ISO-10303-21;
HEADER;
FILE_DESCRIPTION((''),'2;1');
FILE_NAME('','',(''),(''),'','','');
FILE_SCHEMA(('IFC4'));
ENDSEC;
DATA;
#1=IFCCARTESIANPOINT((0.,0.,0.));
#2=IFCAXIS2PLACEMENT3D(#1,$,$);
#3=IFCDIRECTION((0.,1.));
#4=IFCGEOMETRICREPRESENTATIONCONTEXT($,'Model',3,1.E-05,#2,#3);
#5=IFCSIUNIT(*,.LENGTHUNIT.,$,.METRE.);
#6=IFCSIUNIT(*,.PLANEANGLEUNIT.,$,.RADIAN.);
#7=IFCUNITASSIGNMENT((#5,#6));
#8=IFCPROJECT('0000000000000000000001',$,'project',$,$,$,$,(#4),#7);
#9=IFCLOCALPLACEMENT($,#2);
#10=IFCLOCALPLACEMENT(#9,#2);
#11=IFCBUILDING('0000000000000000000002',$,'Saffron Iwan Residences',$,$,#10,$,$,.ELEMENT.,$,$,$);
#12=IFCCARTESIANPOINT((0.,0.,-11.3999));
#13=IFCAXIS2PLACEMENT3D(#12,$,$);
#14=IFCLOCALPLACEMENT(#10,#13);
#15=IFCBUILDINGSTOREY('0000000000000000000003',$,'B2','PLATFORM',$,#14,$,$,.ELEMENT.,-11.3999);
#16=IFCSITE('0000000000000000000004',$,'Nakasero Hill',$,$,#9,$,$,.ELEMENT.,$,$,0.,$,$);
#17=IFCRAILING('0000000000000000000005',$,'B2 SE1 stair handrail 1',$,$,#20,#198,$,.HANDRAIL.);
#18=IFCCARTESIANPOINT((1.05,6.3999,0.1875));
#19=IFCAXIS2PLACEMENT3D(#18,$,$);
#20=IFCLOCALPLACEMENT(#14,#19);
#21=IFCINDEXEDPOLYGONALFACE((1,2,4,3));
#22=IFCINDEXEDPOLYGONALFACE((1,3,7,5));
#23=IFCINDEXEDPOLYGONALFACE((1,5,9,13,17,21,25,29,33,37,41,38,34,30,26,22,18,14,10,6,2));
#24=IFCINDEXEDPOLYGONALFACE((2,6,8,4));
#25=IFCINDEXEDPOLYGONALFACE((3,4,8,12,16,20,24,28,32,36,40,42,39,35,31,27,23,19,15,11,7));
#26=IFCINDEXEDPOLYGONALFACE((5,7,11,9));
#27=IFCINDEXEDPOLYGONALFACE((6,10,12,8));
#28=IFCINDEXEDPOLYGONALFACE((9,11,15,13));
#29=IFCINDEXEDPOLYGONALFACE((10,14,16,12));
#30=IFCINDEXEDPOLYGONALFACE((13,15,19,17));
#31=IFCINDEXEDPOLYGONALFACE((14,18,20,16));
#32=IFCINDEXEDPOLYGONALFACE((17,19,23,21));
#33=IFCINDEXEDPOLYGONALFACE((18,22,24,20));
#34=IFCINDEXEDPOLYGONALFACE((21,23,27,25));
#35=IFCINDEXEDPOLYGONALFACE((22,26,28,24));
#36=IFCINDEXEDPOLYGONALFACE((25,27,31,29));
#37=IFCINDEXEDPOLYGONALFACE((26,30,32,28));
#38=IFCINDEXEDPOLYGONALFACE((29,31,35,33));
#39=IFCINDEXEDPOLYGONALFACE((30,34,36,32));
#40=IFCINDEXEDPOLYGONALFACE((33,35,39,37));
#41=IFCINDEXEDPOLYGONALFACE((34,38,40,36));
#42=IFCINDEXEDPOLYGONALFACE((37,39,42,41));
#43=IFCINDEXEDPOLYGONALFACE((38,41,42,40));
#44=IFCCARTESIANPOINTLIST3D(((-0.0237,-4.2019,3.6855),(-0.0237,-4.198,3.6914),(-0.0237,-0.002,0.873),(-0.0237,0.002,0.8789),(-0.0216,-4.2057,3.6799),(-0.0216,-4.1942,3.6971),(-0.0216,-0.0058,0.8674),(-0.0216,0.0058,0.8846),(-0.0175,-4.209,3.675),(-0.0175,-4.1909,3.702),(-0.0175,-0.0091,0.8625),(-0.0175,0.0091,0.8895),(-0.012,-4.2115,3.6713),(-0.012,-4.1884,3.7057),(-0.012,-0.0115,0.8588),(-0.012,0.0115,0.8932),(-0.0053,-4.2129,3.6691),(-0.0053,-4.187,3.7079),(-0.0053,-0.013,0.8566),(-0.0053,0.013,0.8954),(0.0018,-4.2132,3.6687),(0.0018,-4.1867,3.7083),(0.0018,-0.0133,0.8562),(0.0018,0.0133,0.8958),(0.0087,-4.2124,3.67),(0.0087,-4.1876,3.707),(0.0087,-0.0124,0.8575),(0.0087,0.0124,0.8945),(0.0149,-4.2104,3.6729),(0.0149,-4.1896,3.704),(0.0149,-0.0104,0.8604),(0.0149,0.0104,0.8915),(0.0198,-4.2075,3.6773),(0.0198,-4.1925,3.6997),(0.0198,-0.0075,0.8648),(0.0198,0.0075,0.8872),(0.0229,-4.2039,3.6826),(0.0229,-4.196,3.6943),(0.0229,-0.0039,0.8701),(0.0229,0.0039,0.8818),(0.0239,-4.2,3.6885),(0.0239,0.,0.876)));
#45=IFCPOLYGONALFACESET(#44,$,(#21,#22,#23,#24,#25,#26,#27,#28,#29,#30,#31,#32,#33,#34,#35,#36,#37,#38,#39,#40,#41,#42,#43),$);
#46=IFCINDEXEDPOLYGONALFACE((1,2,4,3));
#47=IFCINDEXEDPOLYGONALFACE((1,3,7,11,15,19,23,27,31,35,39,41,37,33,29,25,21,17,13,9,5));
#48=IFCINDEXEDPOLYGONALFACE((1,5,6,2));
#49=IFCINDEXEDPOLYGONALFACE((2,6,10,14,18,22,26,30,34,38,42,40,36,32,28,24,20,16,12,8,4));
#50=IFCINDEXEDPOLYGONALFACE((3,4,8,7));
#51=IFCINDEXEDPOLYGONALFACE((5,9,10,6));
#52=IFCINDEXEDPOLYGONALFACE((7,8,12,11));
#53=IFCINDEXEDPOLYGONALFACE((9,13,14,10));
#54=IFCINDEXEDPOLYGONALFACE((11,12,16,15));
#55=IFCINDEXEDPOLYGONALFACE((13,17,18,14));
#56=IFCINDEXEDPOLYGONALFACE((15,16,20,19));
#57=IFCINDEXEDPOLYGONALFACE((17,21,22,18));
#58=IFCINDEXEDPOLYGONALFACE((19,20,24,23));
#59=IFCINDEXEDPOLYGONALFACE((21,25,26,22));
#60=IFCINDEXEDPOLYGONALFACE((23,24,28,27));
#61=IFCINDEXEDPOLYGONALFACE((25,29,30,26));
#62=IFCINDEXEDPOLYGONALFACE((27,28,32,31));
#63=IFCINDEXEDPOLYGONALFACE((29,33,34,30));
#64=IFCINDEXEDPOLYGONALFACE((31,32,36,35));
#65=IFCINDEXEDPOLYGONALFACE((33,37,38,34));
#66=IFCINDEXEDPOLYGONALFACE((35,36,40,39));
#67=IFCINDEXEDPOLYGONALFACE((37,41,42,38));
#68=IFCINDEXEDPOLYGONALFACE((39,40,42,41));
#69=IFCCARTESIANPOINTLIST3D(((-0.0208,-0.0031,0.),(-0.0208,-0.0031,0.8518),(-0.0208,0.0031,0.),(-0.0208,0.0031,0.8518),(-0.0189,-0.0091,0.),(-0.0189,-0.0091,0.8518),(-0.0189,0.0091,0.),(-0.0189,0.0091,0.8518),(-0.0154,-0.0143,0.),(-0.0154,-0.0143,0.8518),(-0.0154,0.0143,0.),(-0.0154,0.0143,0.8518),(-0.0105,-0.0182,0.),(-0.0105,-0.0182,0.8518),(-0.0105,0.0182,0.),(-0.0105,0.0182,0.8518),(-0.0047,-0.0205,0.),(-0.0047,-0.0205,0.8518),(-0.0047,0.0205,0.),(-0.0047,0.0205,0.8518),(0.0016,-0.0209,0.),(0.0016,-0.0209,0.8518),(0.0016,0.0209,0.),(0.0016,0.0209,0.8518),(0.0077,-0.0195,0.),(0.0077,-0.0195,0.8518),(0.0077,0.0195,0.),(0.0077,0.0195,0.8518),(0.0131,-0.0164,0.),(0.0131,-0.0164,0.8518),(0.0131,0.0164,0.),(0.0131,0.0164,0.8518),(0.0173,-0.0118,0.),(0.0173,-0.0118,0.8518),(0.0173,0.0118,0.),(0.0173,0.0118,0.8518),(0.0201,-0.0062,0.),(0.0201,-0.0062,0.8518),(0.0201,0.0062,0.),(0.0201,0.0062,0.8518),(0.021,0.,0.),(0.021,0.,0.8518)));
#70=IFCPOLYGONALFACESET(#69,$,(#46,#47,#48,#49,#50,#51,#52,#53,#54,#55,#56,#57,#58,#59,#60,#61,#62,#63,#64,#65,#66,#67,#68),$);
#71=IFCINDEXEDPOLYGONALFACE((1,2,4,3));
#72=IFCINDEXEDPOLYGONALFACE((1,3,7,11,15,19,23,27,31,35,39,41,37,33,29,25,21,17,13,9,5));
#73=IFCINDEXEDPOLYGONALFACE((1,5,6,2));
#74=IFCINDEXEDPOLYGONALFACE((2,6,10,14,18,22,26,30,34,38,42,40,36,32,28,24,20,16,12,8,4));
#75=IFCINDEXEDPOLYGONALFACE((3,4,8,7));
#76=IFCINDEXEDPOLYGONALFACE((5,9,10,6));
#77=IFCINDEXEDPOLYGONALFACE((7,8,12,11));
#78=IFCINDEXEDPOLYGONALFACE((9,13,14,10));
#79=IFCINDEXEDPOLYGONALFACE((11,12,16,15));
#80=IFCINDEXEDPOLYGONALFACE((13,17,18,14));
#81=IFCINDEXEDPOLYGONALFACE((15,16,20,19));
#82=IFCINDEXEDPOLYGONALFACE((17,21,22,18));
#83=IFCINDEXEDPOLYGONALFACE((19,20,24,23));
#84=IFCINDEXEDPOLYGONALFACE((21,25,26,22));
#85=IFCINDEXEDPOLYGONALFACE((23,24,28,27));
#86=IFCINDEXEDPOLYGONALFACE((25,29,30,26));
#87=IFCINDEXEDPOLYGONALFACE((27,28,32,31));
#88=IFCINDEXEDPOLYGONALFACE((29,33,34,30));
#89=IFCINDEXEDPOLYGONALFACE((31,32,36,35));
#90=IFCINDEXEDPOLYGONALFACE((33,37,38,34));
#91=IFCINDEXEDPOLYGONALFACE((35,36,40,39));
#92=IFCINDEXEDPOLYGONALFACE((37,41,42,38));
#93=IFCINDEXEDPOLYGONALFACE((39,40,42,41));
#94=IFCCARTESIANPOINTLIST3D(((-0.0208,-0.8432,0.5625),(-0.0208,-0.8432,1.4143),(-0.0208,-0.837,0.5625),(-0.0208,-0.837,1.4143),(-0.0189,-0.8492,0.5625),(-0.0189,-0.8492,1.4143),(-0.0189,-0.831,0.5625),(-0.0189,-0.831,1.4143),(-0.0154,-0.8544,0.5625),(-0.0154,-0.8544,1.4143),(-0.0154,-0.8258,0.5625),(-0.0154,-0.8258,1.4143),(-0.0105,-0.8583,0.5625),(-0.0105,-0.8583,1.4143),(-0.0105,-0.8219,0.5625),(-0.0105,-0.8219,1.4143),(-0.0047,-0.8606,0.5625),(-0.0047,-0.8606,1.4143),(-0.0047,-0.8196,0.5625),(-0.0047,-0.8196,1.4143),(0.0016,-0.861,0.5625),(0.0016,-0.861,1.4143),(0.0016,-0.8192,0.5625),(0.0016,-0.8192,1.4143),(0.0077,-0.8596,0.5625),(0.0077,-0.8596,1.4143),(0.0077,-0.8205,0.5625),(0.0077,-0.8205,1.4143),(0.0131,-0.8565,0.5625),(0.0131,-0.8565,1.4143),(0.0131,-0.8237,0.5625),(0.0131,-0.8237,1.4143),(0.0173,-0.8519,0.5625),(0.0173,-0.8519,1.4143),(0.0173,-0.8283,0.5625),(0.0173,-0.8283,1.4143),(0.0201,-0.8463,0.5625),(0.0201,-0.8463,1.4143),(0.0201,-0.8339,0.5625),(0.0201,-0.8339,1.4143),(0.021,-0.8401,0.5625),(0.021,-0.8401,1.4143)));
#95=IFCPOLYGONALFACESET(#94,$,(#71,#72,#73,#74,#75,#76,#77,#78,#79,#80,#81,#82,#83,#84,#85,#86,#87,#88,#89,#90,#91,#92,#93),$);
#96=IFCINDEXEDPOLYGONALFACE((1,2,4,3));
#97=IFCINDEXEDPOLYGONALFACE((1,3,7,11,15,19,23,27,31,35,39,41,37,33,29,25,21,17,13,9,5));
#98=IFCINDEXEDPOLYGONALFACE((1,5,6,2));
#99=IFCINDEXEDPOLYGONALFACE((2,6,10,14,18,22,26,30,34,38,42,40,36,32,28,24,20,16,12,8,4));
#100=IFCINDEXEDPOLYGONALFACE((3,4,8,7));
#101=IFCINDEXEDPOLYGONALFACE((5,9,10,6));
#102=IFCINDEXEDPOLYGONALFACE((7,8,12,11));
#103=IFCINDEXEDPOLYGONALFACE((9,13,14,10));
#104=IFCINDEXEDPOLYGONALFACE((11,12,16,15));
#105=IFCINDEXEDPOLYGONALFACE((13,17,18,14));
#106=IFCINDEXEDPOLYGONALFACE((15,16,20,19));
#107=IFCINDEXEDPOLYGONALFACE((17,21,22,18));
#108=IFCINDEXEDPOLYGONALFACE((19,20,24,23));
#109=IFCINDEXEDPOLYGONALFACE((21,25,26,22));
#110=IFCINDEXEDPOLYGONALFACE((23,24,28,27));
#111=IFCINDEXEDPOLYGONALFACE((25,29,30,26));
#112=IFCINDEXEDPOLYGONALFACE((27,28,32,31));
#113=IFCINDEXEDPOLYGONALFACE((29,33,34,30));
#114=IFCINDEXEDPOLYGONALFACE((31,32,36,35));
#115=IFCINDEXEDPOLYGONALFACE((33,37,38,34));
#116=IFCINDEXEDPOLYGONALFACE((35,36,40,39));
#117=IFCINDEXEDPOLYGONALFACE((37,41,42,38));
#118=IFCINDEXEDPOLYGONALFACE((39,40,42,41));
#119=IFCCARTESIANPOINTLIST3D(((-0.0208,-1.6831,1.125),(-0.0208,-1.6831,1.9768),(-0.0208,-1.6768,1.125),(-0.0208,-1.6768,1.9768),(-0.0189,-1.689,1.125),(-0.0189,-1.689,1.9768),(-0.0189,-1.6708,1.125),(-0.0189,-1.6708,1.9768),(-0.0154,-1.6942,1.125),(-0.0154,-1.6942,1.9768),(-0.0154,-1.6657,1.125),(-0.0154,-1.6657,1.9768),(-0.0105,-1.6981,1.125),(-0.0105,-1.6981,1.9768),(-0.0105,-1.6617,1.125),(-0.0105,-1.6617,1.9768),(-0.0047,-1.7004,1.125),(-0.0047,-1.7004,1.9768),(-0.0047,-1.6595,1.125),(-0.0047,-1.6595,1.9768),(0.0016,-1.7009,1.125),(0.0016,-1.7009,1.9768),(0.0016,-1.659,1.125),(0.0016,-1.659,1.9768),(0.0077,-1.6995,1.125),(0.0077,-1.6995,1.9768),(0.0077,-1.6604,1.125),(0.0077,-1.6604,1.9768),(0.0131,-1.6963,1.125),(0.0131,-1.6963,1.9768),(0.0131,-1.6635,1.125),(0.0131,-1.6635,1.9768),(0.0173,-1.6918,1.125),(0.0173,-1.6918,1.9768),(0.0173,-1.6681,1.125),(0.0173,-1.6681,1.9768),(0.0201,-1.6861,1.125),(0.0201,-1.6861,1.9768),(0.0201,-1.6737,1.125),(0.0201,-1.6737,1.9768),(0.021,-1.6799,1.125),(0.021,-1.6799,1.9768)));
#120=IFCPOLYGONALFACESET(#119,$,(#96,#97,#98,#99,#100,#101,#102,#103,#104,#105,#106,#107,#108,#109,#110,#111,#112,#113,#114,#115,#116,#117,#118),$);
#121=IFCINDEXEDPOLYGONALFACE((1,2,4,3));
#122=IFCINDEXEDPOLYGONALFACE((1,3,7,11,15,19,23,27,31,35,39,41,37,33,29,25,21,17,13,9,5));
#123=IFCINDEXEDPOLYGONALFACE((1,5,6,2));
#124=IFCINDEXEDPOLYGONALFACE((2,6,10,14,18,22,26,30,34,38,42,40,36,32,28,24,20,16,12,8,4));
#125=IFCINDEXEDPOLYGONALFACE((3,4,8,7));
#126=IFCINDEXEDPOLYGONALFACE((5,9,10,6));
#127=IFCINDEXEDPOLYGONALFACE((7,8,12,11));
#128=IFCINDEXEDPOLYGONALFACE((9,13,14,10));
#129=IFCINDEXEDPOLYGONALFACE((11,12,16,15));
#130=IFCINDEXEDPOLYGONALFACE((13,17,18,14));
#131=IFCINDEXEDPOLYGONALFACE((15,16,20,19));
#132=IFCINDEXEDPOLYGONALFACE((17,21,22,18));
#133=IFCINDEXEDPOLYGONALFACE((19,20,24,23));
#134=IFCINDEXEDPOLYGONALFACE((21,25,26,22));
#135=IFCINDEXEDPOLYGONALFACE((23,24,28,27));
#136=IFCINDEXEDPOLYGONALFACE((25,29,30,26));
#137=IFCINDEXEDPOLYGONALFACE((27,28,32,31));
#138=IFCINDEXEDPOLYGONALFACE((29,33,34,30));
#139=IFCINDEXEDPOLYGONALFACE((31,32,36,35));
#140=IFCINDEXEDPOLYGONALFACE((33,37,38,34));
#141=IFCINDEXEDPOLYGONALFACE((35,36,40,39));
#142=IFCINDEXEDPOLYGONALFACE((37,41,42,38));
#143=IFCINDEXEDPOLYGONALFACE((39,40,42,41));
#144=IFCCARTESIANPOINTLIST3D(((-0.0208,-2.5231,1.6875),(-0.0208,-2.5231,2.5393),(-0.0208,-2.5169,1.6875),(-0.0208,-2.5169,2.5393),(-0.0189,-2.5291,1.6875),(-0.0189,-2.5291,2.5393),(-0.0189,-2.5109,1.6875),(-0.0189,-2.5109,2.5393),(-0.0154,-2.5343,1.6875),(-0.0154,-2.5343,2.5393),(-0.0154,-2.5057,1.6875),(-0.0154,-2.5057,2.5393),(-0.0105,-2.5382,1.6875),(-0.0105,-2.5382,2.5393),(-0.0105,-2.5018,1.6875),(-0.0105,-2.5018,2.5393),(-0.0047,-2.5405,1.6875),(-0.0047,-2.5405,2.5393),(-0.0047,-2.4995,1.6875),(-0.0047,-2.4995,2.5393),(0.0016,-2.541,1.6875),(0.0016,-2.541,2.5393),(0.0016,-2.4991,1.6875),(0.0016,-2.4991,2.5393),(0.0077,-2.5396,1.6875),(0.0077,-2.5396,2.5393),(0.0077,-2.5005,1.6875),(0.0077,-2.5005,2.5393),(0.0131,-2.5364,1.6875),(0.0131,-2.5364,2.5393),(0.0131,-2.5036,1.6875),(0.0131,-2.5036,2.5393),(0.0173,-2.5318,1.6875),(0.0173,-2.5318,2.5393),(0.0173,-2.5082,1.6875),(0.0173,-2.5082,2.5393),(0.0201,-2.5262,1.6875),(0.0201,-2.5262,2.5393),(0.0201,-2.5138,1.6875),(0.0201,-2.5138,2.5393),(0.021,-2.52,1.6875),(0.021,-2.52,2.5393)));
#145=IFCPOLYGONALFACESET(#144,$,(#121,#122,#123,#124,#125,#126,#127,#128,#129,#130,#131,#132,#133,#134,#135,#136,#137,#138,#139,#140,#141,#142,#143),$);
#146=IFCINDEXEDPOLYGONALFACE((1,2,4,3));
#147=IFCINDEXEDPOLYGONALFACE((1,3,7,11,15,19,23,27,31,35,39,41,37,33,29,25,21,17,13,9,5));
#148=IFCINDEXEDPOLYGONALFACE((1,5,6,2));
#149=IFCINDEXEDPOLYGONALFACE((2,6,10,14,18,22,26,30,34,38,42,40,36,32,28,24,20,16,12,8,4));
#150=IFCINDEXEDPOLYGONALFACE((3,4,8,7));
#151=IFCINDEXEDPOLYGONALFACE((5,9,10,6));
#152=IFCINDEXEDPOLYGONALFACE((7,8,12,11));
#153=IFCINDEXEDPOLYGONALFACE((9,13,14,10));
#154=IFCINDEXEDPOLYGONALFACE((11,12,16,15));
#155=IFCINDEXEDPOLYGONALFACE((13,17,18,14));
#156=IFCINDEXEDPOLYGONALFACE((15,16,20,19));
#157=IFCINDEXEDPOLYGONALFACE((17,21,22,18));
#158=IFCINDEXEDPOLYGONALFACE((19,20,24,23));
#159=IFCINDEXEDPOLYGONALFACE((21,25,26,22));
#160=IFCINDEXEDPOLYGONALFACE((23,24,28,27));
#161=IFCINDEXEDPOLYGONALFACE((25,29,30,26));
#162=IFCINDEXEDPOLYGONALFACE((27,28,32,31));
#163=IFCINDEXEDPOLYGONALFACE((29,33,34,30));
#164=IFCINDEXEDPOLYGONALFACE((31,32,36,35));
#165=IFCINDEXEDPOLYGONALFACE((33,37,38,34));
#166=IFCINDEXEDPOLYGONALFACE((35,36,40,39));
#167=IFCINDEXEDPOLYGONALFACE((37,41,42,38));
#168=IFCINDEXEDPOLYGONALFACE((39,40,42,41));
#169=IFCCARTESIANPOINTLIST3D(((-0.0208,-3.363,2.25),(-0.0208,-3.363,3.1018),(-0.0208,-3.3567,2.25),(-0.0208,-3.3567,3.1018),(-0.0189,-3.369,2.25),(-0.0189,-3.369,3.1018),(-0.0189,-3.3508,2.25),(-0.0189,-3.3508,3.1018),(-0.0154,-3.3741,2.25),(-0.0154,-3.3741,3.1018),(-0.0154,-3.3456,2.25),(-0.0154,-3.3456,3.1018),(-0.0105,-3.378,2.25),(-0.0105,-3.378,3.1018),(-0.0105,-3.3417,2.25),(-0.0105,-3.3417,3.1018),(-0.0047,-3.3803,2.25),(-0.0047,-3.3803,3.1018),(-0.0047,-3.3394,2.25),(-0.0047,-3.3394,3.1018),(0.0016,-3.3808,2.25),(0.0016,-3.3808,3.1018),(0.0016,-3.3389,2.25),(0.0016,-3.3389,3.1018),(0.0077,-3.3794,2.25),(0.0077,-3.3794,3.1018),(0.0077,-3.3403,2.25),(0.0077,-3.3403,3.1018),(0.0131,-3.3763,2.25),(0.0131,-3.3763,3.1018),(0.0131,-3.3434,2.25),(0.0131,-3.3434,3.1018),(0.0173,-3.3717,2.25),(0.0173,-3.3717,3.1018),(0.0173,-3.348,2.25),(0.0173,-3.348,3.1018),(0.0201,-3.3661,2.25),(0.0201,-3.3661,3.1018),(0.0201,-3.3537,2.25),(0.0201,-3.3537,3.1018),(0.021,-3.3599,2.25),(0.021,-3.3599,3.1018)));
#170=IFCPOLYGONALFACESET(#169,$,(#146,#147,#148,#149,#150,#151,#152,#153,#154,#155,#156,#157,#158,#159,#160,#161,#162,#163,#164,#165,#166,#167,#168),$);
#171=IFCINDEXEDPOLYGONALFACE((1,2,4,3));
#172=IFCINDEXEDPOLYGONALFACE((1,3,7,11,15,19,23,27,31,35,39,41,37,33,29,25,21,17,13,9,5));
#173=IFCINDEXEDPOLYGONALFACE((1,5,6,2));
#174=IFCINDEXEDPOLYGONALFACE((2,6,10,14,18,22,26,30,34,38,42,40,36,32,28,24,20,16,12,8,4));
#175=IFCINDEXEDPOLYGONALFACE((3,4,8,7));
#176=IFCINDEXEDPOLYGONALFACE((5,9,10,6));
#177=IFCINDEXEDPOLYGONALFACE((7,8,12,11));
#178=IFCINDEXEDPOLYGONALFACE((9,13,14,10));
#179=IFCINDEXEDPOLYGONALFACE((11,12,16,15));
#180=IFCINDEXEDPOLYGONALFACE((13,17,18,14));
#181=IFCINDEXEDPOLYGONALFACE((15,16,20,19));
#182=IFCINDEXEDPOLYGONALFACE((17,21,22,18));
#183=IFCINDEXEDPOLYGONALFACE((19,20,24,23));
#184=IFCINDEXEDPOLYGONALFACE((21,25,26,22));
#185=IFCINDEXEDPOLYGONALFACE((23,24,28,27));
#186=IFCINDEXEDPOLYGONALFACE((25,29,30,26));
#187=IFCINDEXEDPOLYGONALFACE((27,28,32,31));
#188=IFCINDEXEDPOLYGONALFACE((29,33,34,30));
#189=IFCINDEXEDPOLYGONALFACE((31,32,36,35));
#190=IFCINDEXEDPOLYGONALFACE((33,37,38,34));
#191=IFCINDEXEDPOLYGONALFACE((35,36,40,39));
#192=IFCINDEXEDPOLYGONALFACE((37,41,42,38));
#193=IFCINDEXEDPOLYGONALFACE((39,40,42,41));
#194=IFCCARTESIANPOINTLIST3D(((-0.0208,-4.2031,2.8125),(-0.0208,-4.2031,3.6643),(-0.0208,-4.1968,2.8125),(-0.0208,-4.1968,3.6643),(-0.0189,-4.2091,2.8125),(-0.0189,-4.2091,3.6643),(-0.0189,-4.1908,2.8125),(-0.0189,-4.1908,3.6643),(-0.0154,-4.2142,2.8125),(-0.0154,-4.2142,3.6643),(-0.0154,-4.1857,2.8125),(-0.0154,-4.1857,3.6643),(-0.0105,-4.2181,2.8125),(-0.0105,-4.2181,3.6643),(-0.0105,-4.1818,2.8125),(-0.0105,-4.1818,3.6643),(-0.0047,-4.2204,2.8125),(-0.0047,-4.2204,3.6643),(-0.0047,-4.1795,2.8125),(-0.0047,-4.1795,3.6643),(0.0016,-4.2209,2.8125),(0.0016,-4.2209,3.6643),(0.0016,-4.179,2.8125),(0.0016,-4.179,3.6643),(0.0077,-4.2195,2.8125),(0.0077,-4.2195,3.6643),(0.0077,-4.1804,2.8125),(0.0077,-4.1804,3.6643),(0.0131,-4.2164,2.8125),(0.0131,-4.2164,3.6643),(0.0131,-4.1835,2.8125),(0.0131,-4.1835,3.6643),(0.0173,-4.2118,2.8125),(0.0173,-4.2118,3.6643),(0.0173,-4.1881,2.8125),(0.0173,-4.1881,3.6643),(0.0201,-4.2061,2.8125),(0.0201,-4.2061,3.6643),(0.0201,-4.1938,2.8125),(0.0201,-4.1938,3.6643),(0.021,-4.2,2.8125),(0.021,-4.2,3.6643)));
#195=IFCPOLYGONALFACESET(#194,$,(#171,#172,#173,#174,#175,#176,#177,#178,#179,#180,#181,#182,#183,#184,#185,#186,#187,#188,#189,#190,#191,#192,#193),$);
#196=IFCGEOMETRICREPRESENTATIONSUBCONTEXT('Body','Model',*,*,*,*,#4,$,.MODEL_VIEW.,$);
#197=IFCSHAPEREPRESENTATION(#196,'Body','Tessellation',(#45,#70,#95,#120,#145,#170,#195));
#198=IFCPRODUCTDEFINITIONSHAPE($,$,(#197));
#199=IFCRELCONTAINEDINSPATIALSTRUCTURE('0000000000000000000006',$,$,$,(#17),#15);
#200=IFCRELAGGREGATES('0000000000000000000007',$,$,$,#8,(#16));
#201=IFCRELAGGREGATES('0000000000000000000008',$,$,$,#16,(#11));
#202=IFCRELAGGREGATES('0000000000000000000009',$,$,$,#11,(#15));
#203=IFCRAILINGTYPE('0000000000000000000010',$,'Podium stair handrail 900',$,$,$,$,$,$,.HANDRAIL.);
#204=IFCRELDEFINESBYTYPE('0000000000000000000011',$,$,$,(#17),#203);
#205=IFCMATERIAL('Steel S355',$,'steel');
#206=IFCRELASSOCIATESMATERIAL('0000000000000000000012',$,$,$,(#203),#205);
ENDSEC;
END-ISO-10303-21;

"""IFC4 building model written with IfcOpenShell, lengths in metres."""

from ifc_helpers import new_model, si_unit, direction, frame, origin, origin_2d, place, context, subcontext, project, spatial, circle, extrude, material, type_object, element, save


model = new_model("IFC4")

# Units and contexts
model_context = context("Model", 3, precision=1e-05, world=origin(), true_north=direction((0.0, 1.0)))
body_context = subcontext(model_context, "Body", "Model", "MODEL_VIEW")
ifc_project = project(units=[si_unit("LENGTHUNIT", "METRE"), si_unit("PLANEANGLEUNIT", "RADIAN")], contexts=[model_context])

# Site, building, storey
site_placement = place(None, origin())
site = spatial("IfcSite", under=ifc_project, at=site_placement, Name="Nakasero Hill", CompositionType="ELEMENT", RefElevation=0.0)
building_placement = place(site_placement, origin())
building = spatial("IfcBuilding", under=site, at=building_placement, Name="Saffron Iwan Residences", CompositionType="ELEMENT")
storey_placement = place(building_placement, frame((0.0, 0.0, -11.3999)))
storey = spatial("IfcBuildingStorey", under=building, at=storey_placement, Name="B2", Description="PLATFORM", CompositionType="ELEMENT", Elevation=-11.3999)

# Railing
ifc_material_1 = material(Name="Steel S355", Category="steel")
railing_type_1 = type_object("IfcRailingType", Name="Podium stair handrail 900", PredefinedType="HANDRAIL", material=ifc_material_1)
railing_1_placement = place(storey_placement, frame((1.05, 6.3999, 0.1875)))
element("IfcRailing", 1, at=railing_1_placement, inside=storey, type_object=railing_type_1, Name="B2 SE1 stair handrail 1", PredefinedType="HANDRAIL", context=body_context, shape_type="SweptSolid", body=[
    extrude(circle(Radius=0.0239, at=origin_2d()), frame((0.0, 0.0, 0.876), z_axis=(0.0, -0.830904, 0.556416), x_axis=(1.0, 0.0, 0.0)), (0.0, 0.0, 1.0), 5.0547),
    extrude(circle(Radius=0.021, at=origin_2d()), origin(), (0.0, 0.0, 1.0), 0.8518),
    extrude(circle(Radius=0.021, at=origin_2d()), frame((0.0, -0.8401, 0.5625)), (0.0, 0.0, 1.0), 0.8518),
    extrude(circle(Radius=0.021, at=origin_2d()), frame((0.0, -1.6799, 1.125)), (0.0, 0.0, 1.0), 0.8518),
    extrude(circle(Radius=0.021, at=origin_2d()), frame((0.0, -2.52, 1.6875)), (0.0, 0.0, 1.0), 0.8518),
    extrude(circle(Radius=0.021, at=origin_2d()), frame((0.0, -3.3599, 2.25)), (0.0, 0.0, 1.0), 0.8518),
    extrude(circle(Radius=0.021, at=origin_2d()), frame((0.0, -4.2, 2.8125)), (0.0, 0.0, 1.0), 0.8518),
])

save(model, "model.ifc")
